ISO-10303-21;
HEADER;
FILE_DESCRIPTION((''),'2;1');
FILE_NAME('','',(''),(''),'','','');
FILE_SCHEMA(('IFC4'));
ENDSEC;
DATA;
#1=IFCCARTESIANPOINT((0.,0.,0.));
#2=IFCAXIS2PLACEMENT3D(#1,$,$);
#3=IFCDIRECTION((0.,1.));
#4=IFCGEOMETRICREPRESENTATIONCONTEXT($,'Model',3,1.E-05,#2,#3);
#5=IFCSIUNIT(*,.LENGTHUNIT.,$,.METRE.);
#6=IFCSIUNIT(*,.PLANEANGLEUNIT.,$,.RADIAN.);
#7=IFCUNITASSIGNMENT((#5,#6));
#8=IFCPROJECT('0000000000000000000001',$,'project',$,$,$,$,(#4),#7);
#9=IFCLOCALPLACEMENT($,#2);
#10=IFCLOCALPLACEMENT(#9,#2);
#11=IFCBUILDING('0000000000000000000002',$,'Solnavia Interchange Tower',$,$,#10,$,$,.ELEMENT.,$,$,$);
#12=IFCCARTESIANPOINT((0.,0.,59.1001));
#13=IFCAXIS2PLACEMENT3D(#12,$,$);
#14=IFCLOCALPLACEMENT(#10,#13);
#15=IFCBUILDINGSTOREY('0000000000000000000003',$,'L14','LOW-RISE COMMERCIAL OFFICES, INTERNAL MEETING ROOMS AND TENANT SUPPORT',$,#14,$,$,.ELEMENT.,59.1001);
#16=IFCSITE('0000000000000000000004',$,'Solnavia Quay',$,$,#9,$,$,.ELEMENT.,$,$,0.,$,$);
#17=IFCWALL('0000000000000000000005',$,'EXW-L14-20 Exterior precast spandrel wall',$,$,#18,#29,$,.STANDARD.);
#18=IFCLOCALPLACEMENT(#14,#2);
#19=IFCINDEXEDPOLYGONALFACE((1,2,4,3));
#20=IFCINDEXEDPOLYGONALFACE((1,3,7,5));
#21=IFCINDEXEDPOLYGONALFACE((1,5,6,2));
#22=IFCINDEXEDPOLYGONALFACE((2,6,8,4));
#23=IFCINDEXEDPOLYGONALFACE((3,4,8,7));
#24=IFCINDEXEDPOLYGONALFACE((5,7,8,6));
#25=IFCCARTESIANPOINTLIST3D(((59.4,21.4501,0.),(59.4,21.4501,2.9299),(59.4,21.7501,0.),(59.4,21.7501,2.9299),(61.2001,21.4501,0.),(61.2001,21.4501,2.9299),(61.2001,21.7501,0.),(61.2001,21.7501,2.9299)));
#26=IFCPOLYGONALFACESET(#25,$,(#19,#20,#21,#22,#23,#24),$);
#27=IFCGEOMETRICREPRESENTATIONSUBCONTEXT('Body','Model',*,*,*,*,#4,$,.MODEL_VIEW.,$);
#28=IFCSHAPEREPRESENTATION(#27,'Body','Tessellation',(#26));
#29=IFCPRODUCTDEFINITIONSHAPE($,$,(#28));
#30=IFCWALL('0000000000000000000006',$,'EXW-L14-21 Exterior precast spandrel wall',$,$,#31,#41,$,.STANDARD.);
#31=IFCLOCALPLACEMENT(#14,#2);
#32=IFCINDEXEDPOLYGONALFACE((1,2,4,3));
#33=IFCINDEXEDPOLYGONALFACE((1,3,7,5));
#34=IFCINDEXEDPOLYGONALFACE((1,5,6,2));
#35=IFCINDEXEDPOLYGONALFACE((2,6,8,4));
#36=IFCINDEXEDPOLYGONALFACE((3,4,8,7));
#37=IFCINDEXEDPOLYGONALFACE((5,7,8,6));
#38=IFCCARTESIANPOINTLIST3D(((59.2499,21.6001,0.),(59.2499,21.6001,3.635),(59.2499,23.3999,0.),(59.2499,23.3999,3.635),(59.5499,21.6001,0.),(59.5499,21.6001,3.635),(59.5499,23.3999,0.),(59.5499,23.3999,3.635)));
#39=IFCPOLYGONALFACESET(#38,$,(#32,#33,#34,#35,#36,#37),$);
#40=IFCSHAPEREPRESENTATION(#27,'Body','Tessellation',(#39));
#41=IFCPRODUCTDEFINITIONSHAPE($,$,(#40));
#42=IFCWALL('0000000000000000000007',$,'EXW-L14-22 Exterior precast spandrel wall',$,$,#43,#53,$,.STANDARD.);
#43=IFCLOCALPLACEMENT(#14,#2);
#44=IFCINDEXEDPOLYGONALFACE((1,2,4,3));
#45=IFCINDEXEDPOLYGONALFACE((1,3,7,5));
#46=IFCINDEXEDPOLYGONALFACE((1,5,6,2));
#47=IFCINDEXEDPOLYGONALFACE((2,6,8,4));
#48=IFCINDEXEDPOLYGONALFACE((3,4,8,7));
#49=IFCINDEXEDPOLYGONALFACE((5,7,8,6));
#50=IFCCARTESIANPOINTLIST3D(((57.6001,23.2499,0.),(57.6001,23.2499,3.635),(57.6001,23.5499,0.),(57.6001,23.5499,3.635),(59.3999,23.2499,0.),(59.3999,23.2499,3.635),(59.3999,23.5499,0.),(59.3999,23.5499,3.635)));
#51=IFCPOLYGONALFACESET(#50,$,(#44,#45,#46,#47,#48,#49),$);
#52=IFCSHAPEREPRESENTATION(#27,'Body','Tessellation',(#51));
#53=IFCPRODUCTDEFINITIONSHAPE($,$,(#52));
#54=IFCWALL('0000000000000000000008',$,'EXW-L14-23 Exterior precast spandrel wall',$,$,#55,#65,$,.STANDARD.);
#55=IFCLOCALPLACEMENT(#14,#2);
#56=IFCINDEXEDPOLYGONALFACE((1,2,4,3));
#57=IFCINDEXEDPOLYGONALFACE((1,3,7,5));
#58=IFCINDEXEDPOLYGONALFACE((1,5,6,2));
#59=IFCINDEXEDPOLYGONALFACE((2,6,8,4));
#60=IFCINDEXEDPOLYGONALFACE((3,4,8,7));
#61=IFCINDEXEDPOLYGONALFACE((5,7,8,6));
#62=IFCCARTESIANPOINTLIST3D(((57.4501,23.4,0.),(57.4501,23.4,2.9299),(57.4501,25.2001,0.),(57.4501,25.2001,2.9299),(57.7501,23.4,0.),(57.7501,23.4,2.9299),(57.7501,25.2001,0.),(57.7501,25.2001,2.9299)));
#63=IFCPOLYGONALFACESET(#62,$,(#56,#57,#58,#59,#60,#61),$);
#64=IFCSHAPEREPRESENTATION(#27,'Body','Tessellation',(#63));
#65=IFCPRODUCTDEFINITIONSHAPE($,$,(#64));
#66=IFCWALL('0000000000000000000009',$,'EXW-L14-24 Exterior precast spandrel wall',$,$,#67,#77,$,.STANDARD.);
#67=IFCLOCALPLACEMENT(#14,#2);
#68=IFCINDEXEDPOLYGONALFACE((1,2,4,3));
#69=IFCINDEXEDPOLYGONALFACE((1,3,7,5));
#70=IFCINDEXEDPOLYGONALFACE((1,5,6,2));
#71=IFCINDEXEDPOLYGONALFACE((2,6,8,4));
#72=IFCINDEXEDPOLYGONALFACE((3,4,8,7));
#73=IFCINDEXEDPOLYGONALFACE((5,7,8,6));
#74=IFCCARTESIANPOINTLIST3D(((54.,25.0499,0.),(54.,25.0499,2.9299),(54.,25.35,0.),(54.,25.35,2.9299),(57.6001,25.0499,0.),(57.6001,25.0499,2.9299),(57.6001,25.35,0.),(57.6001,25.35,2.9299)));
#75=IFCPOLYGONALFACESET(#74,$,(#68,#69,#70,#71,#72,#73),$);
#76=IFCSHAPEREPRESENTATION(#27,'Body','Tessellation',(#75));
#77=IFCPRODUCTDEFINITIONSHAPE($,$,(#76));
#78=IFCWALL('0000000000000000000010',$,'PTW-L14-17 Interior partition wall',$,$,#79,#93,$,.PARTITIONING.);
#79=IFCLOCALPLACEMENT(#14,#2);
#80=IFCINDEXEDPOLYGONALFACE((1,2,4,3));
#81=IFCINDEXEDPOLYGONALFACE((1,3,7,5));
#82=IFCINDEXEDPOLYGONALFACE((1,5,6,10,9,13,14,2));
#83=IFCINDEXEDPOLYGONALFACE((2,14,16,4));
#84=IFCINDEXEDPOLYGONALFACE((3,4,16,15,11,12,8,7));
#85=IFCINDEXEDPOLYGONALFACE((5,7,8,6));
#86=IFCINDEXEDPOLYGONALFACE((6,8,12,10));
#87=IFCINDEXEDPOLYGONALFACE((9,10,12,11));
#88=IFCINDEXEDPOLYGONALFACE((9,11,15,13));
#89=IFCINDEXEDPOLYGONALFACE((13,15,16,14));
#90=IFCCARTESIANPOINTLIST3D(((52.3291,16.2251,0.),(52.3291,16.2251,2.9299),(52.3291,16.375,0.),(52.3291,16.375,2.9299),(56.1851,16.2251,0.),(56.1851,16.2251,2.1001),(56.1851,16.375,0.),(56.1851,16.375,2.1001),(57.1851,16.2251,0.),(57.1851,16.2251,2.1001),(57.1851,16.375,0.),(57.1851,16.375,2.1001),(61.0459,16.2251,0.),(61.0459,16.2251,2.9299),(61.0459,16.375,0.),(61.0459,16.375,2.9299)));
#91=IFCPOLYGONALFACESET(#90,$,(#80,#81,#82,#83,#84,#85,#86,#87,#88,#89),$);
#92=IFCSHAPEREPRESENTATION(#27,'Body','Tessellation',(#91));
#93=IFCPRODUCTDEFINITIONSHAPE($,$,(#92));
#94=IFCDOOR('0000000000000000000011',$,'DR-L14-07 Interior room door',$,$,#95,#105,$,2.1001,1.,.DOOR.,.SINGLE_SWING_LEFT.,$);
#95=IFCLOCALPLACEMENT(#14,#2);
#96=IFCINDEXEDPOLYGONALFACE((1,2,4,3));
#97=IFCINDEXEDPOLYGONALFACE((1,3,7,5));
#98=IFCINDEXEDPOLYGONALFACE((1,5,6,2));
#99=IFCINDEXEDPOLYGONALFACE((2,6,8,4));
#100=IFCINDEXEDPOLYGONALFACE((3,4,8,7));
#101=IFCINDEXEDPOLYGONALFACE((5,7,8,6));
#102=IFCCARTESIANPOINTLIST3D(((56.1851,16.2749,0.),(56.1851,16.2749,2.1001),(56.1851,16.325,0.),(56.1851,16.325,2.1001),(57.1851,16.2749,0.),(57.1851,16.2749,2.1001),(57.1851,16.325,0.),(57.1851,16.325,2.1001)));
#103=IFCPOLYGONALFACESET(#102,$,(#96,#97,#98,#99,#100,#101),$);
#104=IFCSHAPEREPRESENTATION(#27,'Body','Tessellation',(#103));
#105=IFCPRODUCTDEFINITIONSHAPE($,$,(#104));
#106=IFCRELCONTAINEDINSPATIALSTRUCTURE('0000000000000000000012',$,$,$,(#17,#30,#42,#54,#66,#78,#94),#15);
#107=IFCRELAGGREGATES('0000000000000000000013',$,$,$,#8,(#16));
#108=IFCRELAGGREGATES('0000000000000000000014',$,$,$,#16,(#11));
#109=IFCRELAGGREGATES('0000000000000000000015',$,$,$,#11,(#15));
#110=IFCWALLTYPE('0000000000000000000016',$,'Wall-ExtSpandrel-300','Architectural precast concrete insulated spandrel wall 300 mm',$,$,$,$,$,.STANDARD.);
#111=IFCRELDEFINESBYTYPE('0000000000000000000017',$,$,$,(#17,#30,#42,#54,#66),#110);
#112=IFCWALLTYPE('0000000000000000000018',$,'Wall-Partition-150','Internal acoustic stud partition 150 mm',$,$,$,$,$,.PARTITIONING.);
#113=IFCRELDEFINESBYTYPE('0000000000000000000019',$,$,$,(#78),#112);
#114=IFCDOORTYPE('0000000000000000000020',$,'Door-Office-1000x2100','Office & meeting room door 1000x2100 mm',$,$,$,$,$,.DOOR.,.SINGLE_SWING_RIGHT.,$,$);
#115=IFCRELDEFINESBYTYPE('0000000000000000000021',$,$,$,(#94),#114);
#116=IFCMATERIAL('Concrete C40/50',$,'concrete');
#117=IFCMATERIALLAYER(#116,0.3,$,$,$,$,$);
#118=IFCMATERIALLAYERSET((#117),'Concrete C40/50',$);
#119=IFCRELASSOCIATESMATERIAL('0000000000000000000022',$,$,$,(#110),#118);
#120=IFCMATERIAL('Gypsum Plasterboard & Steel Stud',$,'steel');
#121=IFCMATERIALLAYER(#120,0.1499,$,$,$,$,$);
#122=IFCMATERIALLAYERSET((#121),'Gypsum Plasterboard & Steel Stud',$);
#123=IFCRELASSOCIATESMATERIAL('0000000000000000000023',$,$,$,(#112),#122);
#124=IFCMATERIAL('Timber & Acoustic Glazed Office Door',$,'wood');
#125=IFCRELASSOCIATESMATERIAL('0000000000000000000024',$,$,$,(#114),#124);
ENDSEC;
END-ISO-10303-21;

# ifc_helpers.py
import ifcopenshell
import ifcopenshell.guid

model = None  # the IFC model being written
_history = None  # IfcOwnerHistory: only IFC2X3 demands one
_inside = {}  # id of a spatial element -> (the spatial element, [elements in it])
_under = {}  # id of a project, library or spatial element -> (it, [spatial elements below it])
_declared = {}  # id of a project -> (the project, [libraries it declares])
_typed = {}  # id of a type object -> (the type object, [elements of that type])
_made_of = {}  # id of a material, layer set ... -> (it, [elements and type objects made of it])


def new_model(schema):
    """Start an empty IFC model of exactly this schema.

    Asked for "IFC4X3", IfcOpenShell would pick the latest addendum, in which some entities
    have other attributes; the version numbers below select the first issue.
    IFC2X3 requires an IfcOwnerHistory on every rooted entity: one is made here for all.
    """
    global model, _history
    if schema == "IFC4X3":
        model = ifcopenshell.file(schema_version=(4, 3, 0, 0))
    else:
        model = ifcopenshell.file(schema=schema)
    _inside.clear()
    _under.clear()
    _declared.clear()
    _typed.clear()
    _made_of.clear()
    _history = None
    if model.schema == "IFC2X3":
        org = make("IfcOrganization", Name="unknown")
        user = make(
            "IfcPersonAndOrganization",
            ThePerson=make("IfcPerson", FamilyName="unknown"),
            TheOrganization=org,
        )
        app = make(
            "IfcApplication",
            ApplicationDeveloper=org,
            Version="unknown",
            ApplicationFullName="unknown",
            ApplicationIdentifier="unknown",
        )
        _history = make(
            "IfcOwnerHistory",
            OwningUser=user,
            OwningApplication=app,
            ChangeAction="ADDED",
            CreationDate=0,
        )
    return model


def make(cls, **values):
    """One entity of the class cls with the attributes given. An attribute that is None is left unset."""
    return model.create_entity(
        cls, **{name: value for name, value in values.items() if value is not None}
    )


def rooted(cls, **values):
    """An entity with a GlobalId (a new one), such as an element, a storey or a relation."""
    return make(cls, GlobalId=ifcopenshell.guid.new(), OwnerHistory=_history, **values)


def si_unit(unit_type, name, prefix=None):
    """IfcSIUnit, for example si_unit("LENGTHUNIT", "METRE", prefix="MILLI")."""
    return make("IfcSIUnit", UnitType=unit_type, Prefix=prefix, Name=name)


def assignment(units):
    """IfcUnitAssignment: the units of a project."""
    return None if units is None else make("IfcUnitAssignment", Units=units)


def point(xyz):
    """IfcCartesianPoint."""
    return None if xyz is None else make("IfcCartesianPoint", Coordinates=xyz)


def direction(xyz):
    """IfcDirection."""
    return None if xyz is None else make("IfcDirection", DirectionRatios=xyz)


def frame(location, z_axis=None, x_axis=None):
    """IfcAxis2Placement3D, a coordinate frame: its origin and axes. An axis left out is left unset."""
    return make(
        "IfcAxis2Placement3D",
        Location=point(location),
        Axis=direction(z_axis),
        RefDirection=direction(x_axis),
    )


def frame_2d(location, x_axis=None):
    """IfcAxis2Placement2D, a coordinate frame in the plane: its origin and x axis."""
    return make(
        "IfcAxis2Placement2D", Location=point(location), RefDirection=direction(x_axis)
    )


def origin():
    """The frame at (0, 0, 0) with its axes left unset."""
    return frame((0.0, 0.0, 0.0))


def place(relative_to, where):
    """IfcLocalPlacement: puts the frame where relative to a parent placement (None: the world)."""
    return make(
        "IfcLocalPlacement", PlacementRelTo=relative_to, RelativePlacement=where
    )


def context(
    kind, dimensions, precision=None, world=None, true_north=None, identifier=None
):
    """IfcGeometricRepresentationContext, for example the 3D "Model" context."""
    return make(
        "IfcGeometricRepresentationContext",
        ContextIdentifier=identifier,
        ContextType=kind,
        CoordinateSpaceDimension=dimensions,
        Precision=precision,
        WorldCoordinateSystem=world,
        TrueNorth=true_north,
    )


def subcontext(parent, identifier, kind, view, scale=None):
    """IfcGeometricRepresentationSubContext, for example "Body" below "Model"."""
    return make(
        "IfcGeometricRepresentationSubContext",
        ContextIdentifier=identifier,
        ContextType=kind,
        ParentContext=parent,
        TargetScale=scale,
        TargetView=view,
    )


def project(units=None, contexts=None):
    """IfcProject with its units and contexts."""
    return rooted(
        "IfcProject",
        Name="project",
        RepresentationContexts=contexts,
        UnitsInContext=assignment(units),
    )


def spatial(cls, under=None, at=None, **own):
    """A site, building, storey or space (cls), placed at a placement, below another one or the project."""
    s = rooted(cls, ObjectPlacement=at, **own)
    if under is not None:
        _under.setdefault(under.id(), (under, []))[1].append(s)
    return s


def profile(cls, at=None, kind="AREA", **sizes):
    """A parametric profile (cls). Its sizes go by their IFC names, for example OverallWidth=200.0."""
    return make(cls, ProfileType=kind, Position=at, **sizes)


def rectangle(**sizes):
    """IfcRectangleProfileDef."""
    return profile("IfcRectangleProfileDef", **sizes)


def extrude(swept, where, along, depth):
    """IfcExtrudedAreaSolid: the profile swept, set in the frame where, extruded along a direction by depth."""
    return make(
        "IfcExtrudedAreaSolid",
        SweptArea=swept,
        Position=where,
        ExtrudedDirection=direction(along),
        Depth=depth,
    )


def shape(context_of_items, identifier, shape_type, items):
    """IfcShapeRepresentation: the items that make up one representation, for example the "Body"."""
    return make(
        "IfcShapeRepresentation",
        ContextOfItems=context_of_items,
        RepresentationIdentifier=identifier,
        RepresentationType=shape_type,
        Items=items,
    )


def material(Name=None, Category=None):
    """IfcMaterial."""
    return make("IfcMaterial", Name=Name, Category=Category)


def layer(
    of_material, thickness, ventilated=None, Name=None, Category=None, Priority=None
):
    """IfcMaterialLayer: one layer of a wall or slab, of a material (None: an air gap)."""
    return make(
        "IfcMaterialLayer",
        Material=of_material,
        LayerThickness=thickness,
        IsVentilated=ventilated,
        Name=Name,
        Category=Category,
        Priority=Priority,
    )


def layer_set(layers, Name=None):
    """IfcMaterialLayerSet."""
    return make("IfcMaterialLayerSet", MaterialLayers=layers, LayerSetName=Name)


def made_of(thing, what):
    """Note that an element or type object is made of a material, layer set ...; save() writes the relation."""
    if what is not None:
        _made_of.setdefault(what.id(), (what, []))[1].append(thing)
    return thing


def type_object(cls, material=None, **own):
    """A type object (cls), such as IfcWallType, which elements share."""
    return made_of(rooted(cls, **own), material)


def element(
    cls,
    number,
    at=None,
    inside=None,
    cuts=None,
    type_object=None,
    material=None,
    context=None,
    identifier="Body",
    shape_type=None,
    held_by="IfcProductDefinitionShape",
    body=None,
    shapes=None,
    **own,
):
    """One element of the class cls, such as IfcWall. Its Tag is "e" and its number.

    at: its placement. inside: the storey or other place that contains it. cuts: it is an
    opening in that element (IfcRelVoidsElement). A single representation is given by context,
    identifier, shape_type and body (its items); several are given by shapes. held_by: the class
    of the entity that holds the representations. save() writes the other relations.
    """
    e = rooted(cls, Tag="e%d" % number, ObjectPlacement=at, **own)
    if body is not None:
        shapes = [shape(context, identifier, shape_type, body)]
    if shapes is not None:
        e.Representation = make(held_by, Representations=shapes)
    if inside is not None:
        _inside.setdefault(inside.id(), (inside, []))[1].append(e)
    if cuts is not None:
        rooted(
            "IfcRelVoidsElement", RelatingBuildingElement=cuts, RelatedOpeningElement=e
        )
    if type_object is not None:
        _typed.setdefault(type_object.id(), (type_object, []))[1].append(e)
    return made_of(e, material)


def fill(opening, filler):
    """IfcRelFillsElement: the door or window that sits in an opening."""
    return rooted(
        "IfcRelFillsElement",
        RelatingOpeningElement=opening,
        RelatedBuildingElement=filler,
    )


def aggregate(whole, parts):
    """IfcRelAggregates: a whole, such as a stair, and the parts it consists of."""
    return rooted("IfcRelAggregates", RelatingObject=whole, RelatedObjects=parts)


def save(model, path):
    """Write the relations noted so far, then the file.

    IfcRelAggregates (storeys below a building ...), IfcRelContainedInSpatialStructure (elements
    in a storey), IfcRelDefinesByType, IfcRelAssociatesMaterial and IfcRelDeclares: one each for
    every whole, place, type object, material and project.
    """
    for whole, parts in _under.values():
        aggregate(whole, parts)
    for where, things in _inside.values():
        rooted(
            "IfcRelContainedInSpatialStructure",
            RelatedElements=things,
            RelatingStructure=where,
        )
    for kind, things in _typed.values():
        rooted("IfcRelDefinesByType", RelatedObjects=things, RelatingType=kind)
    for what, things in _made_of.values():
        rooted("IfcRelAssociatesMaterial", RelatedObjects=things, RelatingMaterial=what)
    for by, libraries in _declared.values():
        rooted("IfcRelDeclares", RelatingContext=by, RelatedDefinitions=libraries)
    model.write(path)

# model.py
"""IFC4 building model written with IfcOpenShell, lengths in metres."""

from ifc_helpers import new_model, si_unit, direction, frame, frame_2d, origin, place, context, subcontext, project, spatial, rectangle, extrude, material, layer, layer_set, type_object, element, fill, save


model = new_model("IFC4")

# Units and contexts
model_context = context("Model", 3, precision=1e-05, world=origin(), true_north=direction((0.0, 1.0)))
body_context = subcontext(model_context, "Body", "Model", "MODEL_VIEW")
ifc_project = project(units=[si_unit("LENGTHUNIT", "METRE"), si_unit("PLANEANGLEUNIT", "RADIAN")], contexts=[model_context])

# Site, building, storey
site_placement = place(None, origin())
site = spatial("IfcSite", under=ifc_project, at=site_placement, Name="Solnavia Quay", CompositionType="ELEMENT", RefElevation=0.0)
building_placement = place(site_placement, origin())
building = spatial("IfcBuilding", under=site, at=building_placement, Name="Solnavia Interchange Tower", CompositionType="ELEMENT")
storey_placement = place(building_placement, frame((0.0, 0.0, 59.1001)))
storey = spatial("IfcBuildingStorey", under=building, at=storey_placement, Name="L14", Description="LOW-RISE COMMERCIAL OFFICES, INTERNAL MEETING ROOMS AND TENANT SUPPORT", CompositionType="ELEMENT", Elevation=59.1001)

# Walls
ifc_material_1 = material(Name="Concrete C40/50", Category="concrete")
ifc_layer_1 = layer(ifc_material_1, 0.3)
ifc_layer_set_1 = layer_set([ifc_layer_1], Name="Concrete C40/50")
wall_type_1 = type_object("IfcWallType", Name="Wall-ExtSpandrel-300", Description="Architectural precast concrete insulated spandrel wall 300 mm", PredefinedType="STANDARD", material=ifc_layer_set_1)
wall_1_placement = place(storey_placement, frame((61.2, 21.6001, 0.0), z_axis=(0.0, 0.0, 1.0), x_axis=(-1.0, 0.0, 0.0)))
element("IfcWall", 1, at=wall_1_placement, inside=storey, type_object=wall_type_1, Name="EXW-L14-20 Exterior precast spandrel wall", PredefinedType="STANDARD", context=body_context, shape_type="SweptSolid", body=[
    extrude(rectangle(XDim=1.8, YDim=0.3, at=frame_2d((0.8999, 0.0))), origin(), (0.0, 0.0, 1.0), 2.9299),
])
for number, where, z_axis, x_axis, name in (
    (2, (59.3999, 23.3999, 0.0), (0.0, 0.0, 1.0), (0.0, -1.0, 0.0), "EXW-L14-21 Exterior precast spandrel wall"),
    (3, (57.6001, 23.3999, 0.0), (0.0, 0.0, 1.0), (1.0, 0.0, 0.0), "EXW-L14-22 Exterior precast spandrel wall"),
):
    element("IfcWall", number, at=place(storey_placement, frame(where, z_axis=z_axis, x_axis=x_axis)), inside=storey, type_object=wall_type_1, Name=name, PredefinedType="STANDARD", context=body_context, shape_type="SweptSolid", body=[
        extrude(rectangle(XDim=1.7998, YDim=0.3, at=frame_2d((0.8999, 0.0))), origin(), (0.0, 0.0, 1.0), 3.635),
    ])
wall_2_placement = place(storey_placement, frame((57.6001, 25.2, 0.0), z_axis=(0.0, 0.0, 1.0), x_axis=(0.0, -1.0, 0.0)))
element("IfcWall", 4, at=wall_2_placement, inside=storey, type_object=wall_type_1, Name="EXW-L14-23 Exterior precast spandrel wall", PredefinedType="STANDARD", context=body_context, shape_type="SweptSolid", body=[
    extrude(rectangle(XDim=1.8, YDim=0.3, at=frame_2d((0.8999, 0.0))), origin(), (0.0, 0.0, 1.0), 2.9299),
])
wall_3_placement = place(storey_placement, frame((54.0, 25.2, 0.0), z_axis=(0.0, 0.0, 1.0), x_axis=(1.0, 0.0, 0.0)))
element("IfcWall", 5, at=wall_3_placement, inside=storey, type_object=wall_type_1, Name="EXW-L14-24 Exterior precast spandrel wall", PredefinedType="STANDARD", context=body_context, shape_type="SweptSolid", body=[
    extrude(rectangle(XDim=3.6001, YDim=0.3, at=frame_2d((1.8, 0.0))), origin(), (0.0, 0.0, 1.0), 2.9299),
])

# Wall, opening, door
ifc_material_2 = material(Name="Gypsum Plasterboard & Steel Stud", Category="steel")
ifc_layer_2 = layer(ifc_material_2, 0.1499)
ifc_layer_set_2 = layer_set([ifc_layer_2], Name="Gypsum Plasterboard & Steel Stud")
wall_type_2 = type_object("IfcWallType", Name="Wall-Partition-150", Description="Internal acoustic stud partition 150 mm", PredefinedType="PARTITIONING", material=ifc_layer_set_2)
wall_4_placement = place(storey_placement, frame((52.3291, 16.3, 0.0), z_axis=(0.0, 0.0, 1.0), x_axis=(1.0, 0.0, 0.0)))
wall_4 = element("IfcWall", 6, at=wall_4_placement, inside=storey, type_object=wall_type_2, Name="PTW-L14-17 Interior partition wall", PredefinedType="PARTITIONING", context=body_context, shape_type="SweptSolid", body=[
    extrude(rectangle(XDim=8.7168, YDim=0.1499, at=frame_2d((4.3584, 0.0))), origin(), (0.0, 0.0, 1.0), 2.9299),
])
opening_placement = place(wall_4_placement, frame((3.856, 0.0, 0.0)))
opening = element("IfcOpeningElement", 7, at=opening_placement, cuts=wall_4, PredefinedType="OPENING", context=body_context, shape_type="SweptSolid", body=[
    extrude(rectangle(XDim=1.0, YDim=2.1001, at=frame_2d((0.5, 1.05))), frame((0.0, 0.085, 0.0), z_axis=(0.0, -1.0, 0.0), x_axis=(1.0, 0.0, 0.0)), (0.0, 0.0, 1.0), 0.1699),
])
ifc_material_3 = material(Name="Timber & Acoustic Glazed Office Door", Category="wood")
door_type = type_object("IfcDoorType", Name="Door-Office-1000x2100", Description="Office & meeting room door 1000x2100 mm", OperationType="SINGLE_SWING_RIGHT", PredefinedType="DOOR", material=ifc_material_3)
door_placement = place(opening_placement, origin())
door = element("IfcDoor", 8, at=door_placement, inside=storey, type_object=door_type, Name="DR-L14-07 Interior room door", OperationType="SINGLE_SWING_LEFT", OverallHeight=2.1001, OverallWidth=1.0, PredefinedType="DOOR", context=body_context, shape_type="SweptSolid", body=[
    extrude(rectangle(XDim=1.0, YDim=2.1001, at=frame_2d((0.5, 1.05))), frame((0.0, 0.0249, 0.0), z_axis=(0.0, -1.0, 0.0), x_axis=(1.0, 0.0, 0.0)), (0.0, 0.0, 1.0), 0.05),
])
fill(opening, door)

save(model, "model.ifc")
